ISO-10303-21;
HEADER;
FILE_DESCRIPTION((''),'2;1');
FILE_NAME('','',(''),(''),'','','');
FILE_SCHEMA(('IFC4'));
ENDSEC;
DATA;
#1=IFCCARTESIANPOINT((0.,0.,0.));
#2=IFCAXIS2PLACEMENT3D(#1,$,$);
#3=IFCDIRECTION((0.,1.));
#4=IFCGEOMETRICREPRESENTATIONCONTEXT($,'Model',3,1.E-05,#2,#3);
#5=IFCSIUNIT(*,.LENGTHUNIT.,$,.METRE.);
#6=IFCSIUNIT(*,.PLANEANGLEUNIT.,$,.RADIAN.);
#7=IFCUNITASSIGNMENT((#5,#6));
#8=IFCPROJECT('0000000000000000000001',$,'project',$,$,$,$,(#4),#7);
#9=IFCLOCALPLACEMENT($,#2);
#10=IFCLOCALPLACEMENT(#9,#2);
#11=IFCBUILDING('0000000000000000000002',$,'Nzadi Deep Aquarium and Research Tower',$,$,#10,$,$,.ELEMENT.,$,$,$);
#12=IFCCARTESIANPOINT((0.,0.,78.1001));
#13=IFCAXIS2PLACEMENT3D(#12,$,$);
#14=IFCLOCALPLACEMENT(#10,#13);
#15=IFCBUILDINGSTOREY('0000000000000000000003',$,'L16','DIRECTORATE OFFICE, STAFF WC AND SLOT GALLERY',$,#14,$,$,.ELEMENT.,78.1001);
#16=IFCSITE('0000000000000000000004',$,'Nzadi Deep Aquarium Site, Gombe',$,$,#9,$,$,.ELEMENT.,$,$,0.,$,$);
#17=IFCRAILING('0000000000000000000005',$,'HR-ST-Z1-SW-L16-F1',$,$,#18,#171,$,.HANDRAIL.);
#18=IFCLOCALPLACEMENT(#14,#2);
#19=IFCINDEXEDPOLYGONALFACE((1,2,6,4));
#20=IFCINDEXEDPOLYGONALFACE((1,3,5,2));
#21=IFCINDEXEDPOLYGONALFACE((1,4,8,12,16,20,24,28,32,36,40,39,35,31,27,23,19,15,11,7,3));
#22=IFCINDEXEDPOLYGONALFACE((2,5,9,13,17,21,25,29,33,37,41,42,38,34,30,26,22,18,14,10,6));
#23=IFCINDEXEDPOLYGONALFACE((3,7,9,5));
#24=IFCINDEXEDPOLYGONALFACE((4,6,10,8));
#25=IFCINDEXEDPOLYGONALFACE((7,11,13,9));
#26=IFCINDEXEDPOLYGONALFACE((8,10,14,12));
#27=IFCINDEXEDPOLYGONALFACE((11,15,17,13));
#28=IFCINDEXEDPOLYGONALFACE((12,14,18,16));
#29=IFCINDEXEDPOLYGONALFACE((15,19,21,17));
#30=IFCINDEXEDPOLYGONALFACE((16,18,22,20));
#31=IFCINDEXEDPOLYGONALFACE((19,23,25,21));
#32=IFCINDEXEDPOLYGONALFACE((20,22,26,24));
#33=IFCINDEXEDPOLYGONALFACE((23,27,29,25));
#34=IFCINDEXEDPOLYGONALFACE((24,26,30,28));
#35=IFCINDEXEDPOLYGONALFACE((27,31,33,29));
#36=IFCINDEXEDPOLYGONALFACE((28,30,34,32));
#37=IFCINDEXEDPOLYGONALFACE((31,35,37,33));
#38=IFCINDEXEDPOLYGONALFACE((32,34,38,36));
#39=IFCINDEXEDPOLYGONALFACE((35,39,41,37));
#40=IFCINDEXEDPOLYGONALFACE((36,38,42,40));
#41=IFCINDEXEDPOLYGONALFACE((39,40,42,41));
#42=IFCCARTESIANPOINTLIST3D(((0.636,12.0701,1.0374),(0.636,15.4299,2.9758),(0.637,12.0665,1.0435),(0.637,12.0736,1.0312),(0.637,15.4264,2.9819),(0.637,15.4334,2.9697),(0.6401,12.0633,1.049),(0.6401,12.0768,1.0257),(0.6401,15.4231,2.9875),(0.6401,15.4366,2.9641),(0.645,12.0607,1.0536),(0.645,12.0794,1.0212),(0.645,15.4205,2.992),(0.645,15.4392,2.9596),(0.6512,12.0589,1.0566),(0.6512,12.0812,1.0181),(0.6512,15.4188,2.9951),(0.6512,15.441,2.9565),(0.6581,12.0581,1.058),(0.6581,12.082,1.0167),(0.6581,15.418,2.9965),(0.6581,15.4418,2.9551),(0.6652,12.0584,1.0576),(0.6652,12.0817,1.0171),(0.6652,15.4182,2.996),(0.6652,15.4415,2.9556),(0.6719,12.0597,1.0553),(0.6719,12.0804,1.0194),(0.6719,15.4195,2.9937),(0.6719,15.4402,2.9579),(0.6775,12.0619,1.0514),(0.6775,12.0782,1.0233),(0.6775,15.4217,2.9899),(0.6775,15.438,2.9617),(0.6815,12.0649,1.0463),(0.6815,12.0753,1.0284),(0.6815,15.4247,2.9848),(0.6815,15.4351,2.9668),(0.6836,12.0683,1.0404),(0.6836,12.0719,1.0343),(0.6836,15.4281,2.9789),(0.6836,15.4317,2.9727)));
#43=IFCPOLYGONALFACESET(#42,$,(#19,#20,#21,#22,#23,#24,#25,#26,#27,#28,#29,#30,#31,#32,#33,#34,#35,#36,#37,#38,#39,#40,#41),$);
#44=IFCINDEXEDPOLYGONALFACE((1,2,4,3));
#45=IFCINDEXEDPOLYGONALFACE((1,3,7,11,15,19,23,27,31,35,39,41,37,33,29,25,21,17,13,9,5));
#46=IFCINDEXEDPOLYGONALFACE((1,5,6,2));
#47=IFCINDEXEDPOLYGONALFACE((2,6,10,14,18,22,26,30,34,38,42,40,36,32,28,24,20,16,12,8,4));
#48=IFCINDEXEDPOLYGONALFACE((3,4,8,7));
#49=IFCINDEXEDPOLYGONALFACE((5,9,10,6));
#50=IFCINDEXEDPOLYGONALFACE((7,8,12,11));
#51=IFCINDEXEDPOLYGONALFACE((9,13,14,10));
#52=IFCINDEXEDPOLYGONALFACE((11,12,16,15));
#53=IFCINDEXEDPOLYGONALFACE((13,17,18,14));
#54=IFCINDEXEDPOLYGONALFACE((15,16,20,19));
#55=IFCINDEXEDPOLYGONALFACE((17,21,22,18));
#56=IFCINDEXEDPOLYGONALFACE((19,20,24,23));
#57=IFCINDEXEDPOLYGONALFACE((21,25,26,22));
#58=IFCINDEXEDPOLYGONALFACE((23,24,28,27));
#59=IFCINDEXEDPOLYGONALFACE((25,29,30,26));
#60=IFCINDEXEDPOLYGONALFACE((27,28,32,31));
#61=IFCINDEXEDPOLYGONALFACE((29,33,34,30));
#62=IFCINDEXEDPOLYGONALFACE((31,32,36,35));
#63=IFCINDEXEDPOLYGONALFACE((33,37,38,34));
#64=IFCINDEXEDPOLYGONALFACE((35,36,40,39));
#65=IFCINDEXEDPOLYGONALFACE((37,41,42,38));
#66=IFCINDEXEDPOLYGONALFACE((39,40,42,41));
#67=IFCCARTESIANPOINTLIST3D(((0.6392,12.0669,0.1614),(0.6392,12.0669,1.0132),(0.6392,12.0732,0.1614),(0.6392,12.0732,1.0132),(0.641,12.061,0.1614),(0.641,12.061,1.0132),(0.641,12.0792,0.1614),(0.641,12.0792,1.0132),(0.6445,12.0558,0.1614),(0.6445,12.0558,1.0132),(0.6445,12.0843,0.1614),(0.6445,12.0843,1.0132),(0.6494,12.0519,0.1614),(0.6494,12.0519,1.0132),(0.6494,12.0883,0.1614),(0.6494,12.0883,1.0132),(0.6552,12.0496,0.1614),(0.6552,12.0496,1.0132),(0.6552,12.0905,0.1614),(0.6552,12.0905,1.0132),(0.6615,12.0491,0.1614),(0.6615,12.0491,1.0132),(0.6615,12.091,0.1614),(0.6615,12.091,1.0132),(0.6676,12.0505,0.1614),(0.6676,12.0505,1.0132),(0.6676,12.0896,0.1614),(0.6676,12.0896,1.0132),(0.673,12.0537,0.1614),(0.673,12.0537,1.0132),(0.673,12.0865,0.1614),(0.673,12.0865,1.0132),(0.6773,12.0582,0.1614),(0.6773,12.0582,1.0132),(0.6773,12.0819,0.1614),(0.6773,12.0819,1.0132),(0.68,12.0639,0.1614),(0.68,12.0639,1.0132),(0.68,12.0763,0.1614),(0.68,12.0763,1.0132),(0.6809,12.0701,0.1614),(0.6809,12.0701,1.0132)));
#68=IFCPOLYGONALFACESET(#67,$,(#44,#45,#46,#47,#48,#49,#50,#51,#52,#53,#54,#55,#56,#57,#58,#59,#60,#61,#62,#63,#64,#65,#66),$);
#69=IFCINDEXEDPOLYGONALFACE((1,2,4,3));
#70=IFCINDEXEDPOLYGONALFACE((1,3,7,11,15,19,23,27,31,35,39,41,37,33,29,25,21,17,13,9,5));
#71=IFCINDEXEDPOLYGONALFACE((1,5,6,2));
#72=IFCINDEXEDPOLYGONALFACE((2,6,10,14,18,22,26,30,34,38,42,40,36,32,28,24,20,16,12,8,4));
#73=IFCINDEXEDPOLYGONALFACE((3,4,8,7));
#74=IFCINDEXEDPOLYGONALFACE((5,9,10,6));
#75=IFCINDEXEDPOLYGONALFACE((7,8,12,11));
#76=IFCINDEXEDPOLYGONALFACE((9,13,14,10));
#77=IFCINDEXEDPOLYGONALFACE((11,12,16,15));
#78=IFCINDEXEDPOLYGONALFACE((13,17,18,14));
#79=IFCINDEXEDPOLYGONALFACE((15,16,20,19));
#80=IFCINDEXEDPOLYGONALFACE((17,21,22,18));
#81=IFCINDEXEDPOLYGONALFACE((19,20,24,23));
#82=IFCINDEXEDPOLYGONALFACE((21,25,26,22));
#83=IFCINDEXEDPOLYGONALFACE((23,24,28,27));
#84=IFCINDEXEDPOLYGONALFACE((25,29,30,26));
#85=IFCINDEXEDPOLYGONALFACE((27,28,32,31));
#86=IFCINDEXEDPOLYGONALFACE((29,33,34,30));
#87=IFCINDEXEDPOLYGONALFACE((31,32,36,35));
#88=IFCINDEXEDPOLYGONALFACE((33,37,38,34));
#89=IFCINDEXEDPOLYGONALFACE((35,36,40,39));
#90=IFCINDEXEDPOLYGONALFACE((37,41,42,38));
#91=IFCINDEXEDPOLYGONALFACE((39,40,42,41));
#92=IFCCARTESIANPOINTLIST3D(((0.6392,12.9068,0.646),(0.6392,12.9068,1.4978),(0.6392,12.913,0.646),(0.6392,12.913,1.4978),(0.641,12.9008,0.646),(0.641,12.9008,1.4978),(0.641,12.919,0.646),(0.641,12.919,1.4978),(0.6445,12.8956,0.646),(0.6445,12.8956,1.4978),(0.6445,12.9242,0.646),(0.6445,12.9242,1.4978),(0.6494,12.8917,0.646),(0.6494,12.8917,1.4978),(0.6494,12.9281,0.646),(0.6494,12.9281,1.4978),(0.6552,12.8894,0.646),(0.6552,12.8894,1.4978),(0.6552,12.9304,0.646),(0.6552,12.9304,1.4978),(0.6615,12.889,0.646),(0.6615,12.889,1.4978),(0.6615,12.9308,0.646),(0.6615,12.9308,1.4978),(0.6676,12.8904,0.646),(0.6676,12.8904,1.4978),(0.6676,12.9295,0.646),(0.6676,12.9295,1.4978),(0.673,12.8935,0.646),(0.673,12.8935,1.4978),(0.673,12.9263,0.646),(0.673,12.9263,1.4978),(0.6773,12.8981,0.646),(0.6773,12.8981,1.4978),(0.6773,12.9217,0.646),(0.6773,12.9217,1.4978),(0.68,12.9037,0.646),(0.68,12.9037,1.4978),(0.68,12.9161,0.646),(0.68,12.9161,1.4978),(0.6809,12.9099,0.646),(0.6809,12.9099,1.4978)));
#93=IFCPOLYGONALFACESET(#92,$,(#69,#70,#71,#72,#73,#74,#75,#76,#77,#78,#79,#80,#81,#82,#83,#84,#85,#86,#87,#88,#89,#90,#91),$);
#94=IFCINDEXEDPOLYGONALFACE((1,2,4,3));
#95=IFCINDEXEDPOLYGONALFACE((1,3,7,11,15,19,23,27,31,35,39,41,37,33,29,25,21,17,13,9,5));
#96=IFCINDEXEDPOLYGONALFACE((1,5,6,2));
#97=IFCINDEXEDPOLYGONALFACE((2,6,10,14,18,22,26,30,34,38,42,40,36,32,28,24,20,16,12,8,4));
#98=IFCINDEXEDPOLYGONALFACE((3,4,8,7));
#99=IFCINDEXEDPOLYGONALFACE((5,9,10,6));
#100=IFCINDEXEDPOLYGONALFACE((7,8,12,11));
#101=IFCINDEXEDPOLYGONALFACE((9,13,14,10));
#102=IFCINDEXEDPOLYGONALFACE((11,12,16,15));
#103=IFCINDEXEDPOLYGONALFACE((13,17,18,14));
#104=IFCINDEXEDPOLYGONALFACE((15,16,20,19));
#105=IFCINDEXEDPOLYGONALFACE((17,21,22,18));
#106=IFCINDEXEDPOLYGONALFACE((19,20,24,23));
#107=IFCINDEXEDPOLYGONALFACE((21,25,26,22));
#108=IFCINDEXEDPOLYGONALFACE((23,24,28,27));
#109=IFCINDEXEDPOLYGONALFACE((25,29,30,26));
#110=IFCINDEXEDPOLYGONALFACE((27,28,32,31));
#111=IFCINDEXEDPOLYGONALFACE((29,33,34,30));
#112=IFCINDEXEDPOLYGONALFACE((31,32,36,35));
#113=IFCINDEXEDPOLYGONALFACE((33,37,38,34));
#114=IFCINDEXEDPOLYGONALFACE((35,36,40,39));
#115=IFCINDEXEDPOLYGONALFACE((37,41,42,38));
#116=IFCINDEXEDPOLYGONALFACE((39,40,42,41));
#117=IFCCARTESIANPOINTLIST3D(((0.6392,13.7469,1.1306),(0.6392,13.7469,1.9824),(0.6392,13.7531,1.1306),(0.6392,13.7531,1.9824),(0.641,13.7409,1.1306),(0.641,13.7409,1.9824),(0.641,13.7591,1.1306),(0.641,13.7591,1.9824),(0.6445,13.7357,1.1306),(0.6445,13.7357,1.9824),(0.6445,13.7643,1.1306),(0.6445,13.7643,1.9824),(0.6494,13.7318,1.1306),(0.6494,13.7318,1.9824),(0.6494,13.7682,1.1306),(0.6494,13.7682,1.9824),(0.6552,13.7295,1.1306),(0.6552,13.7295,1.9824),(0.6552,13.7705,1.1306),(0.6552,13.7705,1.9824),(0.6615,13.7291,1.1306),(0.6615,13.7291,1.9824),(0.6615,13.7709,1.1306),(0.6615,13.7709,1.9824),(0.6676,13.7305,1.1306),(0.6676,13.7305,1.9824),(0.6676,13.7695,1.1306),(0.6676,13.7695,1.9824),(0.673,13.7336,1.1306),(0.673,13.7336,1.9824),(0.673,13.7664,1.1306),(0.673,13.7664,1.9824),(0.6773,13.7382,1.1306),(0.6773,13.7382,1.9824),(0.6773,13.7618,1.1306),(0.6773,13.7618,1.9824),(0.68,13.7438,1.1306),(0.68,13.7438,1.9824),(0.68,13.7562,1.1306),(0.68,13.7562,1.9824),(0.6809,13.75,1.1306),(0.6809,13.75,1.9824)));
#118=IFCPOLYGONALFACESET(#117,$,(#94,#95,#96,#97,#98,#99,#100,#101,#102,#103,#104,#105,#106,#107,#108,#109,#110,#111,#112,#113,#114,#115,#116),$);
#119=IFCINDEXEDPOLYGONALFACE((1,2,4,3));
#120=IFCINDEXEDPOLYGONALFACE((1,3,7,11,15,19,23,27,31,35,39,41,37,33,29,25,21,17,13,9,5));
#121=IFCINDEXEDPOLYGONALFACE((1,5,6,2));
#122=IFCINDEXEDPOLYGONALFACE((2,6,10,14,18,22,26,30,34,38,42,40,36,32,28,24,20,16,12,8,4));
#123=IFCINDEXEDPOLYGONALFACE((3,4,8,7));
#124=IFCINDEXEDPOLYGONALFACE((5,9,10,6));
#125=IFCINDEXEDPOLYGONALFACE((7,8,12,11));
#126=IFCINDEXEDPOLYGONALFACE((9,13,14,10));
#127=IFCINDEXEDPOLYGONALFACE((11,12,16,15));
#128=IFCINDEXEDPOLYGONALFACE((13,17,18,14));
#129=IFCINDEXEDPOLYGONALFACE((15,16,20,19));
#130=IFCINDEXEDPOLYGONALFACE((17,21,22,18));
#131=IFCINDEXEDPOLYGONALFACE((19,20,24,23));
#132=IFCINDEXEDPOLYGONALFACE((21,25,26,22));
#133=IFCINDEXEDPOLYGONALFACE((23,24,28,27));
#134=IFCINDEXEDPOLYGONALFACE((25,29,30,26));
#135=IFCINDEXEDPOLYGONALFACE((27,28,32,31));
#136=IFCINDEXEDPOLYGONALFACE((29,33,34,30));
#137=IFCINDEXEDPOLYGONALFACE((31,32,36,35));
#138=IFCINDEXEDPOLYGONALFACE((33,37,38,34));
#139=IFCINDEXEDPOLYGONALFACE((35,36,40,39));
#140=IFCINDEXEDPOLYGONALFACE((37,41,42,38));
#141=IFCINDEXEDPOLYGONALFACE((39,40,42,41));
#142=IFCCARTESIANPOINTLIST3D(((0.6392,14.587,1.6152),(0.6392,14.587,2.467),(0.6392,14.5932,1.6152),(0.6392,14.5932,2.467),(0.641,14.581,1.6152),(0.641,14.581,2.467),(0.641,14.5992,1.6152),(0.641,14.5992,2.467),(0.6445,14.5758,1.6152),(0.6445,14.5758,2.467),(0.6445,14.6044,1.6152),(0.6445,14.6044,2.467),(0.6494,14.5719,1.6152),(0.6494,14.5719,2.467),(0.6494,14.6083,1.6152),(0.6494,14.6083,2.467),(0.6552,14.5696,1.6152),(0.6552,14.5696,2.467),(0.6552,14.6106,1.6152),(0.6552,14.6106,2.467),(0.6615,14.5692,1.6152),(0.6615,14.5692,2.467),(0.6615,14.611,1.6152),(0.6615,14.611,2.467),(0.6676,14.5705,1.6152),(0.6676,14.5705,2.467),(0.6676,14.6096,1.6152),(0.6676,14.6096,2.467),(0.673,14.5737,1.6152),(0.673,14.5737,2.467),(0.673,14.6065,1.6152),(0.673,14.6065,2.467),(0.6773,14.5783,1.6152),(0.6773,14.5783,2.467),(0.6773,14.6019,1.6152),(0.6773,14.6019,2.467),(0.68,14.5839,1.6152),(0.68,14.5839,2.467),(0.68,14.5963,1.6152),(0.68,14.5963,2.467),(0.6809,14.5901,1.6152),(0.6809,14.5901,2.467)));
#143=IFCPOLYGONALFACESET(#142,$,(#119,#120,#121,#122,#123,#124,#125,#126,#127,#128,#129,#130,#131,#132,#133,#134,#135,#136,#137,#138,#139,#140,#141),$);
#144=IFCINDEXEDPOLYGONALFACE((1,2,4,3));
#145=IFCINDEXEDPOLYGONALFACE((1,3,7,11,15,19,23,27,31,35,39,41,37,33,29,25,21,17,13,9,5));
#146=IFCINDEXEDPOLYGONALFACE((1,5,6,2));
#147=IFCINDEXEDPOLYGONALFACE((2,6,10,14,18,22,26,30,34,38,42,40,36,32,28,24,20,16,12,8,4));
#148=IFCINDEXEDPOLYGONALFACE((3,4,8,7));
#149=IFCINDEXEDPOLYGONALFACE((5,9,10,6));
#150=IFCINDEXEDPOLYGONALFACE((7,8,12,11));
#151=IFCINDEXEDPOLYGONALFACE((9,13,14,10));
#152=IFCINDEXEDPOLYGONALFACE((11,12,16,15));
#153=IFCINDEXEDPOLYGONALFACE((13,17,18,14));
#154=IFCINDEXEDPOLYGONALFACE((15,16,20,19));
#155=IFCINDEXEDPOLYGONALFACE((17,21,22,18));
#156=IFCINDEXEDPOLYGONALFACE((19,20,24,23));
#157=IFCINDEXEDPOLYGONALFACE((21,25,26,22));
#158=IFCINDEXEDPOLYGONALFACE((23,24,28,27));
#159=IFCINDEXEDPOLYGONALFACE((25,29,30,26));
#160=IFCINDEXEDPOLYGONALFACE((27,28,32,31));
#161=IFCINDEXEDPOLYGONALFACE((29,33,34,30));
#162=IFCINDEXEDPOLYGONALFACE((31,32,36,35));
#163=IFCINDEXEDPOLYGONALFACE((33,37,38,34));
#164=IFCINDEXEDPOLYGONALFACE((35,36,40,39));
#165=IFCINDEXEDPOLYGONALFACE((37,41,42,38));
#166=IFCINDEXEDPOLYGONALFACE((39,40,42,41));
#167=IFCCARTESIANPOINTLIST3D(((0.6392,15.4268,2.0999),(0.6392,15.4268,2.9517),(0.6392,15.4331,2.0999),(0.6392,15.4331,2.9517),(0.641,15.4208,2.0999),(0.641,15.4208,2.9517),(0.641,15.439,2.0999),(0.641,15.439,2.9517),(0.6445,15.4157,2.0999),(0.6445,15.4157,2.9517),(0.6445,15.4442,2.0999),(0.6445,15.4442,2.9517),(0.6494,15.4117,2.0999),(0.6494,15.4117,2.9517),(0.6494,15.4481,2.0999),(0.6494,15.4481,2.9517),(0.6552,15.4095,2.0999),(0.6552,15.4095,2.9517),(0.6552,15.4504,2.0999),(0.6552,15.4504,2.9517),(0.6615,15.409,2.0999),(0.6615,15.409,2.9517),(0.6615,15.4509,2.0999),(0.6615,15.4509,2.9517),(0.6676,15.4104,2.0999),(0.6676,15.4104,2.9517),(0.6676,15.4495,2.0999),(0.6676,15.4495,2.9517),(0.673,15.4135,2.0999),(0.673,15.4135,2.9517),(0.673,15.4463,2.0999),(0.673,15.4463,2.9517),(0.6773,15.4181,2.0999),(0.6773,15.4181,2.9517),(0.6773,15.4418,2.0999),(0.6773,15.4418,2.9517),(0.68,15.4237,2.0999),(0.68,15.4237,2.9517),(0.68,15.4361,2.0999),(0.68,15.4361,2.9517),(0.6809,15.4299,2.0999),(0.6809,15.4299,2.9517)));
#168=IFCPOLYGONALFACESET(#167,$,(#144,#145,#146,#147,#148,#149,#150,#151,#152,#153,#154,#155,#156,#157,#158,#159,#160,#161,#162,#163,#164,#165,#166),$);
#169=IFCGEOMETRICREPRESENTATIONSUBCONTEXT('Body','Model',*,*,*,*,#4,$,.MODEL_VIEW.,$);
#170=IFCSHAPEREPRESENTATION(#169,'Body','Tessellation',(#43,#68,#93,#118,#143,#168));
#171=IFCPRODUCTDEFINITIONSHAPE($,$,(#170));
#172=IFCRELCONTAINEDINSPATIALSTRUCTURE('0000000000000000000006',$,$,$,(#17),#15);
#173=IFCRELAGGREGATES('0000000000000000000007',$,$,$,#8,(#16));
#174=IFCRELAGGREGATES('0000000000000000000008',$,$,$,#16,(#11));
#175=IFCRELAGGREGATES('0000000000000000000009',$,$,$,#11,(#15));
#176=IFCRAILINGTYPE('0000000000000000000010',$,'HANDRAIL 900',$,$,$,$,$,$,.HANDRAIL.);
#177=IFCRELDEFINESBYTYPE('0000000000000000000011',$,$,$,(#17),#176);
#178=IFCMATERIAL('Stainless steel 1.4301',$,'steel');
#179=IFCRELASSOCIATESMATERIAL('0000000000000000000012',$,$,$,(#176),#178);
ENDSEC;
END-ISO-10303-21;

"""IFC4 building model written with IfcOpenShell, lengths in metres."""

from ifc_helpers import new_model, si_unit, direction, frame, origin, origin_2d, place, context, subcontext, project, spatial, circle, extrude, material, type_object, element, save


model = new_model("IFC4")

# Units and contexts
model_context = context("Model", 3, precision=1e-05, world=origin(), true_north=direction((0.0, 1.0)))
body_context = subcontext(model_context, "Body", "Model", "MODEL_VIEW")
ifc_project = project(units=[si_unit("LENGTHUNIT", "METRE"), si_unit("PLANEANGLEUNIT", "RADIAN")], contexts=[model_context])

# Site, building, storey
site_placement = place(None, origin())
site = spatial("IfcSite", under=ifc_project, at=site_placement, Name="Nzadi Deep Aquarium Site, Gombe", CompositionType="ELEMENT", RefElevation=0.0)
building_placement = place(site_placement, origin())
building = spatial("IfcBuilding", under=site, at=building_placement, Name="Nzadi Deep Aquarium and Research Tower", CompositionType="ELEMENT")
storey_placement = place(building_placement, frame((0.0, 0.0, 78.1001)))
storey = spatial("IfcBuildingStorey", under=building, at=storey_placement, Name="L16", Description="DIRECTORATE OFFICE, STAFF WC AND SLOT GALLERY", CompositionType="ELEMENT", Elevation=78.1001)

# Railing
ifc_material_1 = material(Name="Stainless steel 1.4301", Category="steel")
railing_type_1 = type_object("IfcRailingType", Name="HANDRAIL 900", PredefinedType="HANDRAIL", material=ifc_material_1)
for number, where, name in (
    (1, (0.6599, 12.0701, 0.1614), "HR-ST-Z1-SW-L16-F1"),
):
    element("IfcRailing", number, at=place(storey_placement, frame(where)), inside=storey, type_object=railing_type_1, Name=name, PredefinedType="HANDRAIL", context=body_context, shape_type="SweptSolid", body=[
        extrude(circle(Radius=0.0239, at=origin_2d()), frame((0.0, 0.0, 0.876), z_axis=(0.0, 0.866175, 0.499741), x_axis=(-1.0, 0.0, 0.0)), (0.0, 0.0, 1.0), 3.8789),
        extrude(circle(Radius=0.021, at=origin_2d()), origin(), (0.0, 0.0, 1.0), 0.8518),
        extrude(circle(Radius=0.021, at=origin_2d()), frame((0.0, 0.8398, 0.4846)), (0.0, 0.0, 1.0), 0.8518),
        extrude(circle(Radius=0.021, at=origin_2d()), frame((0.0, 1.6799, 0.9692)), (0.0, 0.0, 1.0), 0.8518),
        extrude(circle(Radius=0.021, at=origin_2d()), frame((0.0, 2.52, 1.4539)), (0.0, 0.0, 1.0), 0.8518),
        extrude(circle(Radius=0.021, at=origin_2d()), frame((0.0, 3.3599, 1.9385)), (0.0, 0.0, 1.0), 0.8518),
    ])

save(model, "model.ifc")
